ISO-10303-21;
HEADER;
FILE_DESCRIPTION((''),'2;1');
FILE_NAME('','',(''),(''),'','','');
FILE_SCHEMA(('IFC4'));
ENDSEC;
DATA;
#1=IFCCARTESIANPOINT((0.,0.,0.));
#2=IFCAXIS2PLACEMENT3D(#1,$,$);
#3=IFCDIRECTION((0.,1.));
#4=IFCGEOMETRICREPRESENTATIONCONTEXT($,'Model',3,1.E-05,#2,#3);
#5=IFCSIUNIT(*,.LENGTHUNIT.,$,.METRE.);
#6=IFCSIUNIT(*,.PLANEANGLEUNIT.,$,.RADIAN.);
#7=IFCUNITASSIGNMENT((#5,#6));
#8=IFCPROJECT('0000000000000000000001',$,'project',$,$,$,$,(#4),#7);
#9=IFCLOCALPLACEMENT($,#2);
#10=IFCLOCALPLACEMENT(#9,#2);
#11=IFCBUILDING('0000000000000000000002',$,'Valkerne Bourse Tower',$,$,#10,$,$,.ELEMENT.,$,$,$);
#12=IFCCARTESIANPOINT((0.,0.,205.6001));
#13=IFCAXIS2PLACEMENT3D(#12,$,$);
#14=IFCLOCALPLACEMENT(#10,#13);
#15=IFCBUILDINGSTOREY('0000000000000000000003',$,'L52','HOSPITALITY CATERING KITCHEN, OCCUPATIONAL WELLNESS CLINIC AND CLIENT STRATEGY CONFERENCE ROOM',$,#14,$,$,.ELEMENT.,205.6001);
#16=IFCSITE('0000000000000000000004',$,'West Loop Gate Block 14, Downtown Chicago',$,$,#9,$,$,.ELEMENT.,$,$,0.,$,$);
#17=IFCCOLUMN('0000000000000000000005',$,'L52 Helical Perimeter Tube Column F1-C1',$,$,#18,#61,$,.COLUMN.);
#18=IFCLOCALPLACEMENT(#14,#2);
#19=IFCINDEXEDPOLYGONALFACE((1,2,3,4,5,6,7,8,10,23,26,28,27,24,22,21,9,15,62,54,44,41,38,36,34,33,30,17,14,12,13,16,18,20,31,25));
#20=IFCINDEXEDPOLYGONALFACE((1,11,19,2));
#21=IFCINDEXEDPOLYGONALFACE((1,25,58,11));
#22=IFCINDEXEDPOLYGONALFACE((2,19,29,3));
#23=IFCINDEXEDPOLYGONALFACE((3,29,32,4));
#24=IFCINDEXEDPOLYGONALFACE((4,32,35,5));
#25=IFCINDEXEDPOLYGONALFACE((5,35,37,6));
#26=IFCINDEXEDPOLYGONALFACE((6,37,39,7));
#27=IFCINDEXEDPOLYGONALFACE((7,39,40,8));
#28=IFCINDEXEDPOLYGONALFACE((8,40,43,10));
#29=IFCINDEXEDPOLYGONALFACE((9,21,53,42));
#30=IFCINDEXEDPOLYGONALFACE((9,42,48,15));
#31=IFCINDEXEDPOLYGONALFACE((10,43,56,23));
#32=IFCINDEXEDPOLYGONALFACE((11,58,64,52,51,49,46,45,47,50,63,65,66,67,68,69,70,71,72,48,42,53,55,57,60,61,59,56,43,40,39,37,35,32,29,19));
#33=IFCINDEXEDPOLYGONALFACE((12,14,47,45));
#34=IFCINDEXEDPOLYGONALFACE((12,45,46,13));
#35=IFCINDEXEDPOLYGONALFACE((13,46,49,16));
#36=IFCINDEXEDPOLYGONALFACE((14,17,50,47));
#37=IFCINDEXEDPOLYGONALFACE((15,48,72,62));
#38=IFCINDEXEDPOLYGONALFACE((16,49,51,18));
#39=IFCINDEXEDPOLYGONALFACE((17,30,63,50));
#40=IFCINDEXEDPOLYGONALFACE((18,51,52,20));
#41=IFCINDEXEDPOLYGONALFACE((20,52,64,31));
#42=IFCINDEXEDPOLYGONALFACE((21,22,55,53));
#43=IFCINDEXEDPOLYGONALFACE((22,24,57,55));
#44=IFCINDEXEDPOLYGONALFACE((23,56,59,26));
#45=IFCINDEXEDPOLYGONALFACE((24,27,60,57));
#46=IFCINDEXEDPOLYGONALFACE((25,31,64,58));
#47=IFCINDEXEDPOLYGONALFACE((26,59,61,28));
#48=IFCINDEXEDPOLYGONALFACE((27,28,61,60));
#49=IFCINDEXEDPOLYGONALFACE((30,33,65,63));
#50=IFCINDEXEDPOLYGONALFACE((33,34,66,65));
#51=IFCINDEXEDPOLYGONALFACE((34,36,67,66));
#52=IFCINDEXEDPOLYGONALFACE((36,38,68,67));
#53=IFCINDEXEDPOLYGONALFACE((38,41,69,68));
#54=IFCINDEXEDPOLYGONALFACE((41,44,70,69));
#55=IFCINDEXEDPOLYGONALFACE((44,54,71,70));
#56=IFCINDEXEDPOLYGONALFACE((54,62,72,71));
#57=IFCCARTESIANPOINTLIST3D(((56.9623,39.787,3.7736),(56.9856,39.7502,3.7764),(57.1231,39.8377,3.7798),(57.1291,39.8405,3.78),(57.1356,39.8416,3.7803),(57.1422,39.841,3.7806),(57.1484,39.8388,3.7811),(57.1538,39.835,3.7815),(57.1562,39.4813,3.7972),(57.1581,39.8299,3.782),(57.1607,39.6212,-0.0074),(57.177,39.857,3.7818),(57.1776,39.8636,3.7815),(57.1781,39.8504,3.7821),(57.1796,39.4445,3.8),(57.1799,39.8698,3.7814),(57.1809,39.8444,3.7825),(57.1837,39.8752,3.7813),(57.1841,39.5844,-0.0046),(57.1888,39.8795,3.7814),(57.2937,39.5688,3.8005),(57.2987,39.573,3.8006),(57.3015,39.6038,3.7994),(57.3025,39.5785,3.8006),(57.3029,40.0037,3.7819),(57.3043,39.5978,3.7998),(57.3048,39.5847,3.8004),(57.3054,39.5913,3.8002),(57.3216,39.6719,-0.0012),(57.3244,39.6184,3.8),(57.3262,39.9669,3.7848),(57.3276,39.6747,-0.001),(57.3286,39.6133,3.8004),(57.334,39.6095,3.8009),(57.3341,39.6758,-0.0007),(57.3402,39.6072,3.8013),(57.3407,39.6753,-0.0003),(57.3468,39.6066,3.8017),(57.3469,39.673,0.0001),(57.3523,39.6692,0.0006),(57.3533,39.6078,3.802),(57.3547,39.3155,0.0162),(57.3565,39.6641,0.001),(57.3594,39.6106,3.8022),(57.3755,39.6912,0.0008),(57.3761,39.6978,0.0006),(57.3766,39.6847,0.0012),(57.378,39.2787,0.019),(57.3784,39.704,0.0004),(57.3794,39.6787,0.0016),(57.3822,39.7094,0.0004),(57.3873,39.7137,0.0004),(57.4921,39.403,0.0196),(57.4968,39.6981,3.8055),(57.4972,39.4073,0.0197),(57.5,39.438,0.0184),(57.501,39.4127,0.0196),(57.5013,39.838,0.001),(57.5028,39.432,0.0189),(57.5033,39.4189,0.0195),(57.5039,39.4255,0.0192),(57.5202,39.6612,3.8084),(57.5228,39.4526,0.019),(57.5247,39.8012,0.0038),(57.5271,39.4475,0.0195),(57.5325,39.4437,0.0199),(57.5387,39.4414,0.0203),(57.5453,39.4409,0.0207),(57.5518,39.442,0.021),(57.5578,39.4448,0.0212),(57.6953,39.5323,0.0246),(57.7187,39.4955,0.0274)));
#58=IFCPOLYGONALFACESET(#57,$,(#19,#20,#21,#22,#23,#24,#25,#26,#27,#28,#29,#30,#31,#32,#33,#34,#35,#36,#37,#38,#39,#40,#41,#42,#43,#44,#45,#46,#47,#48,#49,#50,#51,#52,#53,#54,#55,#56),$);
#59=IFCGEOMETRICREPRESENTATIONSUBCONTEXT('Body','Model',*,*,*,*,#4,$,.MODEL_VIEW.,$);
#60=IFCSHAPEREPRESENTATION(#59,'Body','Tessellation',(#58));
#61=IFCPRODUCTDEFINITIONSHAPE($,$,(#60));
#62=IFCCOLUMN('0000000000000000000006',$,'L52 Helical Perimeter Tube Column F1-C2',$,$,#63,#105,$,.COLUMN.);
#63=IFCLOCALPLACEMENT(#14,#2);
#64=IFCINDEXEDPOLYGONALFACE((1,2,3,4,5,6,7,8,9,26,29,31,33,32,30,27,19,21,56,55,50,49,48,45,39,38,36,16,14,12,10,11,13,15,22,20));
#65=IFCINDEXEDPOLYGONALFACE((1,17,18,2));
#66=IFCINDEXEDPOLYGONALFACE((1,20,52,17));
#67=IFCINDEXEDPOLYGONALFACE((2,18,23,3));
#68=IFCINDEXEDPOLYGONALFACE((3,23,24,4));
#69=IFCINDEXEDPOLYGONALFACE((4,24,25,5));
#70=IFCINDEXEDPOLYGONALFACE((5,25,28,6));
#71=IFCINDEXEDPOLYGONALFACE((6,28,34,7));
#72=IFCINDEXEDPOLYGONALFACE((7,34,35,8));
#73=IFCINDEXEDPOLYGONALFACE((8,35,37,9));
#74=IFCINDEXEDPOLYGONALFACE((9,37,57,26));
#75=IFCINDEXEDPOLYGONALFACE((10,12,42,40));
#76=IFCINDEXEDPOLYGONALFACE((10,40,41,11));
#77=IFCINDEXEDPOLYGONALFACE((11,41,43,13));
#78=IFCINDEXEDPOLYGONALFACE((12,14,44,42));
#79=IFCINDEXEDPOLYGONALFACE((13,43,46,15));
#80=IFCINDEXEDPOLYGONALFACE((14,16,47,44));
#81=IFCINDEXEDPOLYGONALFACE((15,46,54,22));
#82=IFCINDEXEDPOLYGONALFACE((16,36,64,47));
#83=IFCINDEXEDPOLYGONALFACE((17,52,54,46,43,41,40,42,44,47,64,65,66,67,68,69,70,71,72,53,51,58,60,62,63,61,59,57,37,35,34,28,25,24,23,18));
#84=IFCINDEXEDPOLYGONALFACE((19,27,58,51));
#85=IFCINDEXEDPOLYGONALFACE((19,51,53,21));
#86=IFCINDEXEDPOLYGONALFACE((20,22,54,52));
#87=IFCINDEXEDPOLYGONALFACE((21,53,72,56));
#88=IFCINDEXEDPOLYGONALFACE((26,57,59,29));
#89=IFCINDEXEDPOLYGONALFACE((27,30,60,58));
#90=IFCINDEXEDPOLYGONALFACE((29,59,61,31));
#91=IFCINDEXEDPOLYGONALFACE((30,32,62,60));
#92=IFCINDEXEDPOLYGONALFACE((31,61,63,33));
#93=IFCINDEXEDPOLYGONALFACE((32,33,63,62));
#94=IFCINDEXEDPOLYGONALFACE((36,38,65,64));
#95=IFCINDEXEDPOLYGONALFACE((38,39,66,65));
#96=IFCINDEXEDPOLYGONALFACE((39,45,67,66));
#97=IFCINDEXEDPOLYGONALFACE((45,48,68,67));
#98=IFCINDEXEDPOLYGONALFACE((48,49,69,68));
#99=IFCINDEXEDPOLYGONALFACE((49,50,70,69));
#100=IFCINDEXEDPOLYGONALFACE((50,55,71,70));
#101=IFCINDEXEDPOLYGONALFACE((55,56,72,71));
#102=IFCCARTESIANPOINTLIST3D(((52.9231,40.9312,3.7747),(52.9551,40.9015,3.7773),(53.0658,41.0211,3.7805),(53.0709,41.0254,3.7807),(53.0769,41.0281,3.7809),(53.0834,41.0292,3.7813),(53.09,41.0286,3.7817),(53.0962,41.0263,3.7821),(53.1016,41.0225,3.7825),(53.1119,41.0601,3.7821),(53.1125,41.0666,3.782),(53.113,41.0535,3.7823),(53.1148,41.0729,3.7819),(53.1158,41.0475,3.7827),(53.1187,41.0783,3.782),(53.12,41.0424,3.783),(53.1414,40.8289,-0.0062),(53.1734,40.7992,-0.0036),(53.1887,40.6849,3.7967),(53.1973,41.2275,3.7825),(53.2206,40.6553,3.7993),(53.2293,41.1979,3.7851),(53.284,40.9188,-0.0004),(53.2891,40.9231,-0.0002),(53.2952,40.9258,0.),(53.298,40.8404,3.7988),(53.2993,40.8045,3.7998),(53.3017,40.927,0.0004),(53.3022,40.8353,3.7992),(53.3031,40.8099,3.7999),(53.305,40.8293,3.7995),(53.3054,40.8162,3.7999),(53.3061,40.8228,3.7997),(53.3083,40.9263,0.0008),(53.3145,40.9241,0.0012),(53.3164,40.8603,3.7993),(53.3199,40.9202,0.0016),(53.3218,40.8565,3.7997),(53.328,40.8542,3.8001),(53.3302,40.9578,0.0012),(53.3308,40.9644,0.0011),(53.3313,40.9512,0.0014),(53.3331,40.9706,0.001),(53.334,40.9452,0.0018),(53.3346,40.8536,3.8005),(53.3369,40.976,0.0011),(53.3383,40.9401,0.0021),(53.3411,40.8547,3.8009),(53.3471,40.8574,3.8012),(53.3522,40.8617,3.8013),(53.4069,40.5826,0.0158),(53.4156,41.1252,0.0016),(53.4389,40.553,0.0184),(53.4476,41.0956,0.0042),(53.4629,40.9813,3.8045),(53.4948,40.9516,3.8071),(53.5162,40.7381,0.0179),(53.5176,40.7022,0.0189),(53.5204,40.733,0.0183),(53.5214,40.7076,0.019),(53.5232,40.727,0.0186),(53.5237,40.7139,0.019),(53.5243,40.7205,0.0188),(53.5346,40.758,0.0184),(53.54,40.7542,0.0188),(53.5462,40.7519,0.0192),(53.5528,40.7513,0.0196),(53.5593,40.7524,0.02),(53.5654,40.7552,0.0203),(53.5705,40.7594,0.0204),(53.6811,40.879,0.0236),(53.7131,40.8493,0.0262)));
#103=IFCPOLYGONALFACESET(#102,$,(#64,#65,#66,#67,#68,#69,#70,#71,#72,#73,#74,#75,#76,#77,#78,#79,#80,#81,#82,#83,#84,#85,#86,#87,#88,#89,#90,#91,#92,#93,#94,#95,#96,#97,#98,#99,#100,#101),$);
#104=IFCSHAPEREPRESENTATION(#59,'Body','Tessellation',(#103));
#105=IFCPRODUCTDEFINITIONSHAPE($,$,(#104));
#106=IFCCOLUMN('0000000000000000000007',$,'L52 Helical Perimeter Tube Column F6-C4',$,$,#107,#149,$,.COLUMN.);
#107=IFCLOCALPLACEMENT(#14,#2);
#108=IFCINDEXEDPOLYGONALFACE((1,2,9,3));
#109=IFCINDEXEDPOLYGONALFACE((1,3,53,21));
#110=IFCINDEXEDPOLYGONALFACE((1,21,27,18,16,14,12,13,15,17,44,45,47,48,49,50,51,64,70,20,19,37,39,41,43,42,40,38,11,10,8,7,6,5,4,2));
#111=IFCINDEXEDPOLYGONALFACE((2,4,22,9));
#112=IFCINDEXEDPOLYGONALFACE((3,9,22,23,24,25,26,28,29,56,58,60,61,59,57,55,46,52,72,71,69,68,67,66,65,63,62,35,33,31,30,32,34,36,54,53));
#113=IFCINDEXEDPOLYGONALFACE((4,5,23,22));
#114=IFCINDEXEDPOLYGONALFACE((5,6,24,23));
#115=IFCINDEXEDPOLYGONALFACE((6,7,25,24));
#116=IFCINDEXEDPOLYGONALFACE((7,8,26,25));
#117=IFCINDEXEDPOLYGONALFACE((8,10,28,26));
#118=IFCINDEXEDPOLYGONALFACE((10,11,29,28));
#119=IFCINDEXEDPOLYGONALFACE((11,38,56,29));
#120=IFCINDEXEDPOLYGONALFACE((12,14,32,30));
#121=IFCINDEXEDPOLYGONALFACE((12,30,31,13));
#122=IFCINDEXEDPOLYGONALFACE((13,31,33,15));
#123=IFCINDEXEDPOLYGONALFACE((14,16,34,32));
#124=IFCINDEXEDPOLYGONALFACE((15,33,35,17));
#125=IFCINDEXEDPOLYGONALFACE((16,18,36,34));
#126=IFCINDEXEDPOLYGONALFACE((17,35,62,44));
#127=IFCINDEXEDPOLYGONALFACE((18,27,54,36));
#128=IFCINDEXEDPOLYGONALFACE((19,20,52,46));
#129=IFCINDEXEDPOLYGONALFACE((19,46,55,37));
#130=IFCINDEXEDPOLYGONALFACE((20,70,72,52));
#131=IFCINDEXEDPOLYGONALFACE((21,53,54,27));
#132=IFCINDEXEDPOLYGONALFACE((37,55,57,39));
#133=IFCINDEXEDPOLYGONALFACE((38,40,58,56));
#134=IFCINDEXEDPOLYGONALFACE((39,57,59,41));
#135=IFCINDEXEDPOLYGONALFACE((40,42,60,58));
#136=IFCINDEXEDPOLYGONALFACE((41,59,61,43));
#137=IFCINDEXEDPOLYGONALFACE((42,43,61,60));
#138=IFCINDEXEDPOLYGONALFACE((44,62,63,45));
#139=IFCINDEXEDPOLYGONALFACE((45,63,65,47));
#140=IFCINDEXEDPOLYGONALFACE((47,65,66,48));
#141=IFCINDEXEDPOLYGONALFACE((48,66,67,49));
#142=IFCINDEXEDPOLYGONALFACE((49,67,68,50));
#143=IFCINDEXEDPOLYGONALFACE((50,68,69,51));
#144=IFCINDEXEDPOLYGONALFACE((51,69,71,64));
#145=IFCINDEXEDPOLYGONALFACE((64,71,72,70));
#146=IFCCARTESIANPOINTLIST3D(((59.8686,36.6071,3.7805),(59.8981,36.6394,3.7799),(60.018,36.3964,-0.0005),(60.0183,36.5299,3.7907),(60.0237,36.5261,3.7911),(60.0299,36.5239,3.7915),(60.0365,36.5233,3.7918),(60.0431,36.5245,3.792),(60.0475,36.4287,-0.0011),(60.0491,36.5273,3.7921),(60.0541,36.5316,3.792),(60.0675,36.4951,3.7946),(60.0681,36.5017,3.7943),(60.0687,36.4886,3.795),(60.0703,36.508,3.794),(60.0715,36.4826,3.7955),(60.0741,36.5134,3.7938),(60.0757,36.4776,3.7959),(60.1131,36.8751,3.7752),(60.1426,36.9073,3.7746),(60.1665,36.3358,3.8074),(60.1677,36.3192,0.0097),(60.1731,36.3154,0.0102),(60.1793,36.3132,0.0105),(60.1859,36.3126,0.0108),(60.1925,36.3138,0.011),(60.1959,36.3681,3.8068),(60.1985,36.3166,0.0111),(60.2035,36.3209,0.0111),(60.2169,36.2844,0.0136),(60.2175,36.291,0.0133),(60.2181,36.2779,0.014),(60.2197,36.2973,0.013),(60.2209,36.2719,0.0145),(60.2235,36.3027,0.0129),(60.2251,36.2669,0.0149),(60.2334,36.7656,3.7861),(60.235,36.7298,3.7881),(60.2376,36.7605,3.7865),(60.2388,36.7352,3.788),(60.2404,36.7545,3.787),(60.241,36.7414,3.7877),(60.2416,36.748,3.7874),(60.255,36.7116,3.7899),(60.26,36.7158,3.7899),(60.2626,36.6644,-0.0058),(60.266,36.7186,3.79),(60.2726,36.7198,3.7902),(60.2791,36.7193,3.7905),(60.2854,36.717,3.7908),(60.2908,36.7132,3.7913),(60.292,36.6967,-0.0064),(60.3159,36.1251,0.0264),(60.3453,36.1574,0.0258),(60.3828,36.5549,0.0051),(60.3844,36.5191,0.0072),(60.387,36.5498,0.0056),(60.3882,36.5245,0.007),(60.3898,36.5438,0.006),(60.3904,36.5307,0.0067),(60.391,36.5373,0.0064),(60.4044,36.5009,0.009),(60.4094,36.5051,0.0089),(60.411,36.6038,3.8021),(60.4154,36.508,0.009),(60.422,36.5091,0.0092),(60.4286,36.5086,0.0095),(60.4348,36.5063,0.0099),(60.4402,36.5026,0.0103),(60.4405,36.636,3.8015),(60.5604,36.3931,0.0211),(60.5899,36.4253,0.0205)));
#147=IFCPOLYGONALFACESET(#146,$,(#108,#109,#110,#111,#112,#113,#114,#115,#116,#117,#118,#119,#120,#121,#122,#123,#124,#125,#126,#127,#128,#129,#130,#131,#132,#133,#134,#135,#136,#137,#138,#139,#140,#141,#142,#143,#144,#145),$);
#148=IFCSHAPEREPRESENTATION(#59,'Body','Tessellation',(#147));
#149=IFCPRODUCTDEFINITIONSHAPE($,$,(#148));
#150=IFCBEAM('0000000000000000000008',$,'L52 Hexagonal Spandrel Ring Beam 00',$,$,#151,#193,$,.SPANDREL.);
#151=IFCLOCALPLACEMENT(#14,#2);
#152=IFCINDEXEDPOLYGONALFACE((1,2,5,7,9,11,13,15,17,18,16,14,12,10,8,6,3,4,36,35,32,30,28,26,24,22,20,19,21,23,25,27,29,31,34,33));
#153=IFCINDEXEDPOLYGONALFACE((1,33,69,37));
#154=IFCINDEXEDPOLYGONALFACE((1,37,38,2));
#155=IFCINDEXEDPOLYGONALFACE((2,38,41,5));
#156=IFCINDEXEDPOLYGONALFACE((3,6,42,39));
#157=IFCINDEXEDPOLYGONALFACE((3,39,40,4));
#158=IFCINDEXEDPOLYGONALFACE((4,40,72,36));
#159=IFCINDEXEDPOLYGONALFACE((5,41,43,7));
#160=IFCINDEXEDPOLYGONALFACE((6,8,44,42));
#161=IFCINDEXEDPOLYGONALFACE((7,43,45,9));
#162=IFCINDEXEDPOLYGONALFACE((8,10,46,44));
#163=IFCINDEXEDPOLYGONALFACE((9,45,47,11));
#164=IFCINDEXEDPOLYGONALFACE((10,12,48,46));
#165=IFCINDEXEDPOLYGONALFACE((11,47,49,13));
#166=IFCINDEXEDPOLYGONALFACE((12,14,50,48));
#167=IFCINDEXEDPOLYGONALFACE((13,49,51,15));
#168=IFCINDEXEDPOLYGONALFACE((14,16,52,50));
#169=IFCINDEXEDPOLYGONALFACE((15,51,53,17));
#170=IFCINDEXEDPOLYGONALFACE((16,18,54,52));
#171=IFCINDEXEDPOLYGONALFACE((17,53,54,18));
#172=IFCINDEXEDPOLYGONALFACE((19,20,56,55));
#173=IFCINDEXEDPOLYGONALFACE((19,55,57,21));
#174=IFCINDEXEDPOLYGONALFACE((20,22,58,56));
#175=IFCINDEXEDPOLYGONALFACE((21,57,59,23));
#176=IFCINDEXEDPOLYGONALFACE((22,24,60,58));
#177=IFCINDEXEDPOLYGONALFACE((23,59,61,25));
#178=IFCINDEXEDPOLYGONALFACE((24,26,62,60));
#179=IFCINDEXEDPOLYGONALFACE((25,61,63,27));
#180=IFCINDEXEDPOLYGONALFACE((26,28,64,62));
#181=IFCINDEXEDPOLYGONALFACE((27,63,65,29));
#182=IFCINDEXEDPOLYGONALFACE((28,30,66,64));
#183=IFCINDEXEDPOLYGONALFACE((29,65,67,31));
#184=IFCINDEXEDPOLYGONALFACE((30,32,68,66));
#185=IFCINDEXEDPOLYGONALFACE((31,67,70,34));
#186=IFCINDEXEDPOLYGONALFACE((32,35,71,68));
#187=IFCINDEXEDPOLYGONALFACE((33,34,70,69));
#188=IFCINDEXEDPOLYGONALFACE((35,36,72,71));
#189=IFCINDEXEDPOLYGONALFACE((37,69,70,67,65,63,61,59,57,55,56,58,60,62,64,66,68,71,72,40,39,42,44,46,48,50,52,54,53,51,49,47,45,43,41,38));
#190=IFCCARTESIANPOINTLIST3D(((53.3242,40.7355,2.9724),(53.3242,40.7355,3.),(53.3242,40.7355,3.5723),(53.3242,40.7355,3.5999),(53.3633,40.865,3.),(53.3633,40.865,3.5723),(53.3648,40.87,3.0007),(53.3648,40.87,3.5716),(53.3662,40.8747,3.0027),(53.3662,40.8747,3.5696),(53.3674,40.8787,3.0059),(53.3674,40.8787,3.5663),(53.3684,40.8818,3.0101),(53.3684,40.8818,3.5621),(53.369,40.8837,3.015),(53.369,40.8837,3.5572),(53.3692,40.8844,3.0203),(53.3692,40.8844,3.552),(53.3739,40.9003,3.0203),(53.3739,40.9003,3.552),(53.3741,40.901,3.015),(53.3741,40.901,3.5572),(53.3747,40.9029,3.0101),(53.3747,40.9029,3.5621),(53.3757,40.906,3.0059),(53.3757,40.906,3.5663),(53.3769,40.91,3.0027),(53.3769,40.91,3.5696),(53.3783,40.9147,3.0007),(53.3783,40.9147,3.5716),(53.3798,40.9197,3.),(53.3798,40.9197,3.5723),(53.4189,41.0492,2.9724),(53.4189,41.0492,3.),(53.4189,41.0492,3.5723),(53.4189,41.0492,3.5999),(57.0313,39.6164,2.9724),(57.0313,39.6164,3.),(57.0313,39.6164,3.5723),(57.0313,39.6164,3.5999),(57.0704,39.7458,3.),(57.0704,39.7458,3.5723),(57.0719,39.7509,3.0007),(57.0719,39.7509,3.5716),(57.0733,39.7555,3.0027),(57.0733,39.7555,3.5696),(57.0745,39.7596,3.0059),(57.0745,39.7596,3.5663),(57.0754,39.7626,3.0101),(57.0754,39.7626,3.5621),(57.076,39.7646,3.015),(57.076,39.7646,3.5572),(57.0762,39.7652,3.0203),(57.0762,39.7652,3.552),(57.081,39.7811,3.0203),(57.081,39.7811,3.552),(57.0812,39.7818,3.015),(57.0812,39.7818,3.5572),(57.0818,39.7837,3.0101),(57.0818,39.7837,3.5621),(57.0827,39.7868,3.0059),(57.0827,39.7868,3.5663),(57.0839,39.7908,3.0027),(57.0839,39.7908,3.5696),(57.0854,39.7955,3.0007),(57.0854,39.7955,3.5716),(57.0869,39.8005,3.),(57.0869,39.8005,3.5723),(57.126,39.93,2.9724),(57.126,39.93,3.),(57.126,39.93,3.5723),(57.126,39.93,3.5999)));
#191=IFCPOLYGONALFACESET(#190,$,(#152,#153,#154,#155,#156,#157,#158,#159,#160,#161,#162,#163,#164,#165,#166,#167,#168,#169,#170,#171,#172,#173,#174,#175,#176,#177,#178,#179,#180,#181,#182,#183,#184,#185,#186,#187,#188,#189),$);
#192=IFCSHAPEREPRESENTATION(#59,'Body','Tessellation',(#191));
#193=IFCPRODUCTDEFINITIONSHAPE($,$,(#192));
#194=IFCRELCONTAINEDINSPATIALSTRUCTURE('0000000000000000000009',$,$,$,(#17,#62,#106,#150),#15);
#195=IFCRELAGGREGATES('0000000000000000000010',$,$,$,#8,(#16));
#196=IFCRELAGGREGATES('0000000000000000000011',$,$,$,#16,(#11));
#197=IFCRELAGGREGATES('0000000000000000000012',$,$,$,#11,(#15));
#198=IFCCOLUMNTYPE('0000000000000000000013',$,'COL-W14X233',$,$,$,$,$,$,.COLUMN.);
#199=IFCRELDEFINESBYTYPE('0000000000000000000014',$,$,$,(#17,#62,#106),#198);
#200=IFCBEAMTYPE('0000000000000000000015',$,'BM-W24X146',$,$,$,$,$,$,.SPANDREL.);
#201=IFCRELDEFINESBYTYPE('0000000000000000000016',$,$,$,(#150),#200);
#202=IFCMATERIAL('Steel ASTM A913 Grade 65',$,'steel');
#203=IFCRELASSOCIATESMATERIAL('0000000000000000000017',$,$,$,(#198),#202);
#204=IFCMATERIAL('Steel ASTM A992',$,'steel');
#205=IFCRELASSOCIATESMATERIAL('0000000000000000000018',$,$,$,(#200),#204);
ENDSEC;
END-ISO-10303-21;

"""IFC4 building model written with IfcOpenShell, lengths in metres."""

from ifc_helpers import new_model, si_unit, direction, frame, origin, origin_2d, place, context, subcontext, project, spatial, i_section, extrude, material, material_profile, profile_set, type_object, element, save


model = new_model("IFC4")

# Units and contexts
model_context = context("Model", 3, precision=1e-05, world=origin(), true_north=direction((0.0, 1.0)))
body_context = subcontext(model_context, "Body", "Model", "MODEL_VIEW")
ifc_project = project(units=[si_unit("LENGTHUNIT", "METRE"), si_unit("PLANEANGLEUNIT", "RADIAN")], contexts=[model_context])

# Site, building, storey
site_placement = place(None, origin())
site = spatial("IfcSite", under=ifc_project, at=site_placement, Name="West Loop Gate Block 14, Downtown Chicago", CompositionType="ELEMENT", RefElevation=0.0)
building_placement = place(site_placement, origin())
building = spatial("IfcBuilding", under=site, at=building_placement, Name="Valkerne Bourse Tower", CompositionType="ELEMENT")
storey_placement = place(building_placement, frame((0.0, 0.0, 205.6001)))
storey = spatial("IfcBuildingStorey", under=building, at=storey_placement, Name="L52", Description="HOSPITALITY CATERING KITCHEN, OCCUPATIONAL WELLNESS CLINIC AND CLIENT STRATEGY CONFERENCE ROOM", CompositionType="ELEMENT", Elevation=205.6001)

# Columns
ifc_material_1 = material(Name="Steel ASTM A913 Grade 65", Category="steel")
ifc_material_profile_1 = material_profile(ifc_material_1, i_section(OverallWidth=0.4038, OverallDepth=0.4065, WebThickness=0.0271, FlangeThickness=0.0437, FilletRadius=0.0254, at=origin_2d()), Name="W14X233")
ifc_profile_set_1 = profile_set([ifc_material_profile_1], Name="Steel ASTM A913 Grade 65")
column_type = type_object("IfcColumnType", Name="COL-W14X233", PredefinedType="COLUMN", material=ifc_profile_set_1)
column_1_placement = place(storey_placement, frame((57.4397, 39.5583, 0.01), z_axis=(-0.052373, 0.043741, 0.997669), x_axis=(0.843484, 0.536754, 0.020746)))
element("IfcColumn", 1, at=column_1_placement, inside=storey, type_object=column_type, Name="L52 Helical Perimeter Tube Column F1-C1", PredefinedType="COLUMN", context=body_context, shape_type="SweptSolid", body=[
    extrude(i_section(OverallWidth=0.4038, OverallDepth=0.4065, WebThickness=0.0271, FlangeThickness=0.0437, FilletRadius=0.0254, at=origin_2d()), origin(), (0.0, 0.0, 1.0), 3.7898),
])
column_2_placement = place(storey_placement, frame((53.4272, 40.8391, 0.01), z_axis=(-0.057609, 0.027, 0.997974), x_axis=(0.679031, 0.733854, 0.019343)))
element("IfcColumn", 2, at=column_2_placement, inside=storey, type_object=column_type, Name="L52 Helical Perimeter Tube Column F1-C2", PredefinedType="COLUMN", context=body_context, shape_type="SweptSolid", body=[
    extrude(i_section(OverallWidth=0.4038, OverallDepth=0.4065, WebThickness=0.0271, FlangeThickness=0.0437, FilletRadius=0.0254, at=origin_2d()), origin(), (0.0, 0.0, 1.0), 3.7886),
])
column_3_placement = place(storey_placement, frame((60.304, 36.4109, 0.01), z_axis=(-0.039425, 0.055595, 0.997675), x_axis=(0.737641, -0.671901, 0.066591)))
element("IfcColumn", 3, at=column_3_placement, inside=storey, type_object=column_type, Name="L52 Helical Perimeter Tube Column F6-C4", PredefinedType="COLUMN", context=body_context, shape_type="SweptSolid", body=[
    extrude(i_section(OverallWidth=0.4038, OverallDepth=0.4065, WebThickness=0.0271, FlangeThickness=0.0437, FilletRadius=0.0254, at=origin_2d()), origin(), (0.0, 0.0, 1.0), 3.7898),
])

# Beam
ifc_material_2 = material(Name="Steel ASTM A992", Category="steel")
ifc_material_profile_2 = material_profile(ifc_material_2, i_section(OverallWidth=0.3276, OverallDepth=0.6274, WebThickness=0.0166, FlangeThickness=0.0276, FilletRadius=0.0203, at=origin_2d()), Name="W24X146")
ifc_profile_set_2 = profile_set([ifc_material_profile_2], Name="Steel ASTM A992")
beam_type = type_object("IfcBeamType", Name="BM-W24X146", PredefinedType="SPANDREL", material=ifc_profile_set_2)
beam_1_placement = place(storey_placement, frame((57.0786, 39.7732, 3.2861), z_axis=(-0.957325, 0.289013, 0.0), x_axis=(-0.289013, -0.957325, 0.0)))
element("IfcBeam", 4, at=beam_1_placement, inside=storey, type_object=beam_type, Name="L52 Hexagonal Spandrel Ring Beam 00", PredefinedType="SPANDREL", context=body_context, shape_type="SweptSolid", body=[
    extrude(i_section(OverallWidth=0.3276, OverallDepth=0.6274, WebThickness=0.0166, FlangeThickness=0.0276, FilletRadius=0.0203, at=origin_2d()), origin(), (0.0, 0.0, 1.0), 3.8723),
])

save(model, "model.ifc")
